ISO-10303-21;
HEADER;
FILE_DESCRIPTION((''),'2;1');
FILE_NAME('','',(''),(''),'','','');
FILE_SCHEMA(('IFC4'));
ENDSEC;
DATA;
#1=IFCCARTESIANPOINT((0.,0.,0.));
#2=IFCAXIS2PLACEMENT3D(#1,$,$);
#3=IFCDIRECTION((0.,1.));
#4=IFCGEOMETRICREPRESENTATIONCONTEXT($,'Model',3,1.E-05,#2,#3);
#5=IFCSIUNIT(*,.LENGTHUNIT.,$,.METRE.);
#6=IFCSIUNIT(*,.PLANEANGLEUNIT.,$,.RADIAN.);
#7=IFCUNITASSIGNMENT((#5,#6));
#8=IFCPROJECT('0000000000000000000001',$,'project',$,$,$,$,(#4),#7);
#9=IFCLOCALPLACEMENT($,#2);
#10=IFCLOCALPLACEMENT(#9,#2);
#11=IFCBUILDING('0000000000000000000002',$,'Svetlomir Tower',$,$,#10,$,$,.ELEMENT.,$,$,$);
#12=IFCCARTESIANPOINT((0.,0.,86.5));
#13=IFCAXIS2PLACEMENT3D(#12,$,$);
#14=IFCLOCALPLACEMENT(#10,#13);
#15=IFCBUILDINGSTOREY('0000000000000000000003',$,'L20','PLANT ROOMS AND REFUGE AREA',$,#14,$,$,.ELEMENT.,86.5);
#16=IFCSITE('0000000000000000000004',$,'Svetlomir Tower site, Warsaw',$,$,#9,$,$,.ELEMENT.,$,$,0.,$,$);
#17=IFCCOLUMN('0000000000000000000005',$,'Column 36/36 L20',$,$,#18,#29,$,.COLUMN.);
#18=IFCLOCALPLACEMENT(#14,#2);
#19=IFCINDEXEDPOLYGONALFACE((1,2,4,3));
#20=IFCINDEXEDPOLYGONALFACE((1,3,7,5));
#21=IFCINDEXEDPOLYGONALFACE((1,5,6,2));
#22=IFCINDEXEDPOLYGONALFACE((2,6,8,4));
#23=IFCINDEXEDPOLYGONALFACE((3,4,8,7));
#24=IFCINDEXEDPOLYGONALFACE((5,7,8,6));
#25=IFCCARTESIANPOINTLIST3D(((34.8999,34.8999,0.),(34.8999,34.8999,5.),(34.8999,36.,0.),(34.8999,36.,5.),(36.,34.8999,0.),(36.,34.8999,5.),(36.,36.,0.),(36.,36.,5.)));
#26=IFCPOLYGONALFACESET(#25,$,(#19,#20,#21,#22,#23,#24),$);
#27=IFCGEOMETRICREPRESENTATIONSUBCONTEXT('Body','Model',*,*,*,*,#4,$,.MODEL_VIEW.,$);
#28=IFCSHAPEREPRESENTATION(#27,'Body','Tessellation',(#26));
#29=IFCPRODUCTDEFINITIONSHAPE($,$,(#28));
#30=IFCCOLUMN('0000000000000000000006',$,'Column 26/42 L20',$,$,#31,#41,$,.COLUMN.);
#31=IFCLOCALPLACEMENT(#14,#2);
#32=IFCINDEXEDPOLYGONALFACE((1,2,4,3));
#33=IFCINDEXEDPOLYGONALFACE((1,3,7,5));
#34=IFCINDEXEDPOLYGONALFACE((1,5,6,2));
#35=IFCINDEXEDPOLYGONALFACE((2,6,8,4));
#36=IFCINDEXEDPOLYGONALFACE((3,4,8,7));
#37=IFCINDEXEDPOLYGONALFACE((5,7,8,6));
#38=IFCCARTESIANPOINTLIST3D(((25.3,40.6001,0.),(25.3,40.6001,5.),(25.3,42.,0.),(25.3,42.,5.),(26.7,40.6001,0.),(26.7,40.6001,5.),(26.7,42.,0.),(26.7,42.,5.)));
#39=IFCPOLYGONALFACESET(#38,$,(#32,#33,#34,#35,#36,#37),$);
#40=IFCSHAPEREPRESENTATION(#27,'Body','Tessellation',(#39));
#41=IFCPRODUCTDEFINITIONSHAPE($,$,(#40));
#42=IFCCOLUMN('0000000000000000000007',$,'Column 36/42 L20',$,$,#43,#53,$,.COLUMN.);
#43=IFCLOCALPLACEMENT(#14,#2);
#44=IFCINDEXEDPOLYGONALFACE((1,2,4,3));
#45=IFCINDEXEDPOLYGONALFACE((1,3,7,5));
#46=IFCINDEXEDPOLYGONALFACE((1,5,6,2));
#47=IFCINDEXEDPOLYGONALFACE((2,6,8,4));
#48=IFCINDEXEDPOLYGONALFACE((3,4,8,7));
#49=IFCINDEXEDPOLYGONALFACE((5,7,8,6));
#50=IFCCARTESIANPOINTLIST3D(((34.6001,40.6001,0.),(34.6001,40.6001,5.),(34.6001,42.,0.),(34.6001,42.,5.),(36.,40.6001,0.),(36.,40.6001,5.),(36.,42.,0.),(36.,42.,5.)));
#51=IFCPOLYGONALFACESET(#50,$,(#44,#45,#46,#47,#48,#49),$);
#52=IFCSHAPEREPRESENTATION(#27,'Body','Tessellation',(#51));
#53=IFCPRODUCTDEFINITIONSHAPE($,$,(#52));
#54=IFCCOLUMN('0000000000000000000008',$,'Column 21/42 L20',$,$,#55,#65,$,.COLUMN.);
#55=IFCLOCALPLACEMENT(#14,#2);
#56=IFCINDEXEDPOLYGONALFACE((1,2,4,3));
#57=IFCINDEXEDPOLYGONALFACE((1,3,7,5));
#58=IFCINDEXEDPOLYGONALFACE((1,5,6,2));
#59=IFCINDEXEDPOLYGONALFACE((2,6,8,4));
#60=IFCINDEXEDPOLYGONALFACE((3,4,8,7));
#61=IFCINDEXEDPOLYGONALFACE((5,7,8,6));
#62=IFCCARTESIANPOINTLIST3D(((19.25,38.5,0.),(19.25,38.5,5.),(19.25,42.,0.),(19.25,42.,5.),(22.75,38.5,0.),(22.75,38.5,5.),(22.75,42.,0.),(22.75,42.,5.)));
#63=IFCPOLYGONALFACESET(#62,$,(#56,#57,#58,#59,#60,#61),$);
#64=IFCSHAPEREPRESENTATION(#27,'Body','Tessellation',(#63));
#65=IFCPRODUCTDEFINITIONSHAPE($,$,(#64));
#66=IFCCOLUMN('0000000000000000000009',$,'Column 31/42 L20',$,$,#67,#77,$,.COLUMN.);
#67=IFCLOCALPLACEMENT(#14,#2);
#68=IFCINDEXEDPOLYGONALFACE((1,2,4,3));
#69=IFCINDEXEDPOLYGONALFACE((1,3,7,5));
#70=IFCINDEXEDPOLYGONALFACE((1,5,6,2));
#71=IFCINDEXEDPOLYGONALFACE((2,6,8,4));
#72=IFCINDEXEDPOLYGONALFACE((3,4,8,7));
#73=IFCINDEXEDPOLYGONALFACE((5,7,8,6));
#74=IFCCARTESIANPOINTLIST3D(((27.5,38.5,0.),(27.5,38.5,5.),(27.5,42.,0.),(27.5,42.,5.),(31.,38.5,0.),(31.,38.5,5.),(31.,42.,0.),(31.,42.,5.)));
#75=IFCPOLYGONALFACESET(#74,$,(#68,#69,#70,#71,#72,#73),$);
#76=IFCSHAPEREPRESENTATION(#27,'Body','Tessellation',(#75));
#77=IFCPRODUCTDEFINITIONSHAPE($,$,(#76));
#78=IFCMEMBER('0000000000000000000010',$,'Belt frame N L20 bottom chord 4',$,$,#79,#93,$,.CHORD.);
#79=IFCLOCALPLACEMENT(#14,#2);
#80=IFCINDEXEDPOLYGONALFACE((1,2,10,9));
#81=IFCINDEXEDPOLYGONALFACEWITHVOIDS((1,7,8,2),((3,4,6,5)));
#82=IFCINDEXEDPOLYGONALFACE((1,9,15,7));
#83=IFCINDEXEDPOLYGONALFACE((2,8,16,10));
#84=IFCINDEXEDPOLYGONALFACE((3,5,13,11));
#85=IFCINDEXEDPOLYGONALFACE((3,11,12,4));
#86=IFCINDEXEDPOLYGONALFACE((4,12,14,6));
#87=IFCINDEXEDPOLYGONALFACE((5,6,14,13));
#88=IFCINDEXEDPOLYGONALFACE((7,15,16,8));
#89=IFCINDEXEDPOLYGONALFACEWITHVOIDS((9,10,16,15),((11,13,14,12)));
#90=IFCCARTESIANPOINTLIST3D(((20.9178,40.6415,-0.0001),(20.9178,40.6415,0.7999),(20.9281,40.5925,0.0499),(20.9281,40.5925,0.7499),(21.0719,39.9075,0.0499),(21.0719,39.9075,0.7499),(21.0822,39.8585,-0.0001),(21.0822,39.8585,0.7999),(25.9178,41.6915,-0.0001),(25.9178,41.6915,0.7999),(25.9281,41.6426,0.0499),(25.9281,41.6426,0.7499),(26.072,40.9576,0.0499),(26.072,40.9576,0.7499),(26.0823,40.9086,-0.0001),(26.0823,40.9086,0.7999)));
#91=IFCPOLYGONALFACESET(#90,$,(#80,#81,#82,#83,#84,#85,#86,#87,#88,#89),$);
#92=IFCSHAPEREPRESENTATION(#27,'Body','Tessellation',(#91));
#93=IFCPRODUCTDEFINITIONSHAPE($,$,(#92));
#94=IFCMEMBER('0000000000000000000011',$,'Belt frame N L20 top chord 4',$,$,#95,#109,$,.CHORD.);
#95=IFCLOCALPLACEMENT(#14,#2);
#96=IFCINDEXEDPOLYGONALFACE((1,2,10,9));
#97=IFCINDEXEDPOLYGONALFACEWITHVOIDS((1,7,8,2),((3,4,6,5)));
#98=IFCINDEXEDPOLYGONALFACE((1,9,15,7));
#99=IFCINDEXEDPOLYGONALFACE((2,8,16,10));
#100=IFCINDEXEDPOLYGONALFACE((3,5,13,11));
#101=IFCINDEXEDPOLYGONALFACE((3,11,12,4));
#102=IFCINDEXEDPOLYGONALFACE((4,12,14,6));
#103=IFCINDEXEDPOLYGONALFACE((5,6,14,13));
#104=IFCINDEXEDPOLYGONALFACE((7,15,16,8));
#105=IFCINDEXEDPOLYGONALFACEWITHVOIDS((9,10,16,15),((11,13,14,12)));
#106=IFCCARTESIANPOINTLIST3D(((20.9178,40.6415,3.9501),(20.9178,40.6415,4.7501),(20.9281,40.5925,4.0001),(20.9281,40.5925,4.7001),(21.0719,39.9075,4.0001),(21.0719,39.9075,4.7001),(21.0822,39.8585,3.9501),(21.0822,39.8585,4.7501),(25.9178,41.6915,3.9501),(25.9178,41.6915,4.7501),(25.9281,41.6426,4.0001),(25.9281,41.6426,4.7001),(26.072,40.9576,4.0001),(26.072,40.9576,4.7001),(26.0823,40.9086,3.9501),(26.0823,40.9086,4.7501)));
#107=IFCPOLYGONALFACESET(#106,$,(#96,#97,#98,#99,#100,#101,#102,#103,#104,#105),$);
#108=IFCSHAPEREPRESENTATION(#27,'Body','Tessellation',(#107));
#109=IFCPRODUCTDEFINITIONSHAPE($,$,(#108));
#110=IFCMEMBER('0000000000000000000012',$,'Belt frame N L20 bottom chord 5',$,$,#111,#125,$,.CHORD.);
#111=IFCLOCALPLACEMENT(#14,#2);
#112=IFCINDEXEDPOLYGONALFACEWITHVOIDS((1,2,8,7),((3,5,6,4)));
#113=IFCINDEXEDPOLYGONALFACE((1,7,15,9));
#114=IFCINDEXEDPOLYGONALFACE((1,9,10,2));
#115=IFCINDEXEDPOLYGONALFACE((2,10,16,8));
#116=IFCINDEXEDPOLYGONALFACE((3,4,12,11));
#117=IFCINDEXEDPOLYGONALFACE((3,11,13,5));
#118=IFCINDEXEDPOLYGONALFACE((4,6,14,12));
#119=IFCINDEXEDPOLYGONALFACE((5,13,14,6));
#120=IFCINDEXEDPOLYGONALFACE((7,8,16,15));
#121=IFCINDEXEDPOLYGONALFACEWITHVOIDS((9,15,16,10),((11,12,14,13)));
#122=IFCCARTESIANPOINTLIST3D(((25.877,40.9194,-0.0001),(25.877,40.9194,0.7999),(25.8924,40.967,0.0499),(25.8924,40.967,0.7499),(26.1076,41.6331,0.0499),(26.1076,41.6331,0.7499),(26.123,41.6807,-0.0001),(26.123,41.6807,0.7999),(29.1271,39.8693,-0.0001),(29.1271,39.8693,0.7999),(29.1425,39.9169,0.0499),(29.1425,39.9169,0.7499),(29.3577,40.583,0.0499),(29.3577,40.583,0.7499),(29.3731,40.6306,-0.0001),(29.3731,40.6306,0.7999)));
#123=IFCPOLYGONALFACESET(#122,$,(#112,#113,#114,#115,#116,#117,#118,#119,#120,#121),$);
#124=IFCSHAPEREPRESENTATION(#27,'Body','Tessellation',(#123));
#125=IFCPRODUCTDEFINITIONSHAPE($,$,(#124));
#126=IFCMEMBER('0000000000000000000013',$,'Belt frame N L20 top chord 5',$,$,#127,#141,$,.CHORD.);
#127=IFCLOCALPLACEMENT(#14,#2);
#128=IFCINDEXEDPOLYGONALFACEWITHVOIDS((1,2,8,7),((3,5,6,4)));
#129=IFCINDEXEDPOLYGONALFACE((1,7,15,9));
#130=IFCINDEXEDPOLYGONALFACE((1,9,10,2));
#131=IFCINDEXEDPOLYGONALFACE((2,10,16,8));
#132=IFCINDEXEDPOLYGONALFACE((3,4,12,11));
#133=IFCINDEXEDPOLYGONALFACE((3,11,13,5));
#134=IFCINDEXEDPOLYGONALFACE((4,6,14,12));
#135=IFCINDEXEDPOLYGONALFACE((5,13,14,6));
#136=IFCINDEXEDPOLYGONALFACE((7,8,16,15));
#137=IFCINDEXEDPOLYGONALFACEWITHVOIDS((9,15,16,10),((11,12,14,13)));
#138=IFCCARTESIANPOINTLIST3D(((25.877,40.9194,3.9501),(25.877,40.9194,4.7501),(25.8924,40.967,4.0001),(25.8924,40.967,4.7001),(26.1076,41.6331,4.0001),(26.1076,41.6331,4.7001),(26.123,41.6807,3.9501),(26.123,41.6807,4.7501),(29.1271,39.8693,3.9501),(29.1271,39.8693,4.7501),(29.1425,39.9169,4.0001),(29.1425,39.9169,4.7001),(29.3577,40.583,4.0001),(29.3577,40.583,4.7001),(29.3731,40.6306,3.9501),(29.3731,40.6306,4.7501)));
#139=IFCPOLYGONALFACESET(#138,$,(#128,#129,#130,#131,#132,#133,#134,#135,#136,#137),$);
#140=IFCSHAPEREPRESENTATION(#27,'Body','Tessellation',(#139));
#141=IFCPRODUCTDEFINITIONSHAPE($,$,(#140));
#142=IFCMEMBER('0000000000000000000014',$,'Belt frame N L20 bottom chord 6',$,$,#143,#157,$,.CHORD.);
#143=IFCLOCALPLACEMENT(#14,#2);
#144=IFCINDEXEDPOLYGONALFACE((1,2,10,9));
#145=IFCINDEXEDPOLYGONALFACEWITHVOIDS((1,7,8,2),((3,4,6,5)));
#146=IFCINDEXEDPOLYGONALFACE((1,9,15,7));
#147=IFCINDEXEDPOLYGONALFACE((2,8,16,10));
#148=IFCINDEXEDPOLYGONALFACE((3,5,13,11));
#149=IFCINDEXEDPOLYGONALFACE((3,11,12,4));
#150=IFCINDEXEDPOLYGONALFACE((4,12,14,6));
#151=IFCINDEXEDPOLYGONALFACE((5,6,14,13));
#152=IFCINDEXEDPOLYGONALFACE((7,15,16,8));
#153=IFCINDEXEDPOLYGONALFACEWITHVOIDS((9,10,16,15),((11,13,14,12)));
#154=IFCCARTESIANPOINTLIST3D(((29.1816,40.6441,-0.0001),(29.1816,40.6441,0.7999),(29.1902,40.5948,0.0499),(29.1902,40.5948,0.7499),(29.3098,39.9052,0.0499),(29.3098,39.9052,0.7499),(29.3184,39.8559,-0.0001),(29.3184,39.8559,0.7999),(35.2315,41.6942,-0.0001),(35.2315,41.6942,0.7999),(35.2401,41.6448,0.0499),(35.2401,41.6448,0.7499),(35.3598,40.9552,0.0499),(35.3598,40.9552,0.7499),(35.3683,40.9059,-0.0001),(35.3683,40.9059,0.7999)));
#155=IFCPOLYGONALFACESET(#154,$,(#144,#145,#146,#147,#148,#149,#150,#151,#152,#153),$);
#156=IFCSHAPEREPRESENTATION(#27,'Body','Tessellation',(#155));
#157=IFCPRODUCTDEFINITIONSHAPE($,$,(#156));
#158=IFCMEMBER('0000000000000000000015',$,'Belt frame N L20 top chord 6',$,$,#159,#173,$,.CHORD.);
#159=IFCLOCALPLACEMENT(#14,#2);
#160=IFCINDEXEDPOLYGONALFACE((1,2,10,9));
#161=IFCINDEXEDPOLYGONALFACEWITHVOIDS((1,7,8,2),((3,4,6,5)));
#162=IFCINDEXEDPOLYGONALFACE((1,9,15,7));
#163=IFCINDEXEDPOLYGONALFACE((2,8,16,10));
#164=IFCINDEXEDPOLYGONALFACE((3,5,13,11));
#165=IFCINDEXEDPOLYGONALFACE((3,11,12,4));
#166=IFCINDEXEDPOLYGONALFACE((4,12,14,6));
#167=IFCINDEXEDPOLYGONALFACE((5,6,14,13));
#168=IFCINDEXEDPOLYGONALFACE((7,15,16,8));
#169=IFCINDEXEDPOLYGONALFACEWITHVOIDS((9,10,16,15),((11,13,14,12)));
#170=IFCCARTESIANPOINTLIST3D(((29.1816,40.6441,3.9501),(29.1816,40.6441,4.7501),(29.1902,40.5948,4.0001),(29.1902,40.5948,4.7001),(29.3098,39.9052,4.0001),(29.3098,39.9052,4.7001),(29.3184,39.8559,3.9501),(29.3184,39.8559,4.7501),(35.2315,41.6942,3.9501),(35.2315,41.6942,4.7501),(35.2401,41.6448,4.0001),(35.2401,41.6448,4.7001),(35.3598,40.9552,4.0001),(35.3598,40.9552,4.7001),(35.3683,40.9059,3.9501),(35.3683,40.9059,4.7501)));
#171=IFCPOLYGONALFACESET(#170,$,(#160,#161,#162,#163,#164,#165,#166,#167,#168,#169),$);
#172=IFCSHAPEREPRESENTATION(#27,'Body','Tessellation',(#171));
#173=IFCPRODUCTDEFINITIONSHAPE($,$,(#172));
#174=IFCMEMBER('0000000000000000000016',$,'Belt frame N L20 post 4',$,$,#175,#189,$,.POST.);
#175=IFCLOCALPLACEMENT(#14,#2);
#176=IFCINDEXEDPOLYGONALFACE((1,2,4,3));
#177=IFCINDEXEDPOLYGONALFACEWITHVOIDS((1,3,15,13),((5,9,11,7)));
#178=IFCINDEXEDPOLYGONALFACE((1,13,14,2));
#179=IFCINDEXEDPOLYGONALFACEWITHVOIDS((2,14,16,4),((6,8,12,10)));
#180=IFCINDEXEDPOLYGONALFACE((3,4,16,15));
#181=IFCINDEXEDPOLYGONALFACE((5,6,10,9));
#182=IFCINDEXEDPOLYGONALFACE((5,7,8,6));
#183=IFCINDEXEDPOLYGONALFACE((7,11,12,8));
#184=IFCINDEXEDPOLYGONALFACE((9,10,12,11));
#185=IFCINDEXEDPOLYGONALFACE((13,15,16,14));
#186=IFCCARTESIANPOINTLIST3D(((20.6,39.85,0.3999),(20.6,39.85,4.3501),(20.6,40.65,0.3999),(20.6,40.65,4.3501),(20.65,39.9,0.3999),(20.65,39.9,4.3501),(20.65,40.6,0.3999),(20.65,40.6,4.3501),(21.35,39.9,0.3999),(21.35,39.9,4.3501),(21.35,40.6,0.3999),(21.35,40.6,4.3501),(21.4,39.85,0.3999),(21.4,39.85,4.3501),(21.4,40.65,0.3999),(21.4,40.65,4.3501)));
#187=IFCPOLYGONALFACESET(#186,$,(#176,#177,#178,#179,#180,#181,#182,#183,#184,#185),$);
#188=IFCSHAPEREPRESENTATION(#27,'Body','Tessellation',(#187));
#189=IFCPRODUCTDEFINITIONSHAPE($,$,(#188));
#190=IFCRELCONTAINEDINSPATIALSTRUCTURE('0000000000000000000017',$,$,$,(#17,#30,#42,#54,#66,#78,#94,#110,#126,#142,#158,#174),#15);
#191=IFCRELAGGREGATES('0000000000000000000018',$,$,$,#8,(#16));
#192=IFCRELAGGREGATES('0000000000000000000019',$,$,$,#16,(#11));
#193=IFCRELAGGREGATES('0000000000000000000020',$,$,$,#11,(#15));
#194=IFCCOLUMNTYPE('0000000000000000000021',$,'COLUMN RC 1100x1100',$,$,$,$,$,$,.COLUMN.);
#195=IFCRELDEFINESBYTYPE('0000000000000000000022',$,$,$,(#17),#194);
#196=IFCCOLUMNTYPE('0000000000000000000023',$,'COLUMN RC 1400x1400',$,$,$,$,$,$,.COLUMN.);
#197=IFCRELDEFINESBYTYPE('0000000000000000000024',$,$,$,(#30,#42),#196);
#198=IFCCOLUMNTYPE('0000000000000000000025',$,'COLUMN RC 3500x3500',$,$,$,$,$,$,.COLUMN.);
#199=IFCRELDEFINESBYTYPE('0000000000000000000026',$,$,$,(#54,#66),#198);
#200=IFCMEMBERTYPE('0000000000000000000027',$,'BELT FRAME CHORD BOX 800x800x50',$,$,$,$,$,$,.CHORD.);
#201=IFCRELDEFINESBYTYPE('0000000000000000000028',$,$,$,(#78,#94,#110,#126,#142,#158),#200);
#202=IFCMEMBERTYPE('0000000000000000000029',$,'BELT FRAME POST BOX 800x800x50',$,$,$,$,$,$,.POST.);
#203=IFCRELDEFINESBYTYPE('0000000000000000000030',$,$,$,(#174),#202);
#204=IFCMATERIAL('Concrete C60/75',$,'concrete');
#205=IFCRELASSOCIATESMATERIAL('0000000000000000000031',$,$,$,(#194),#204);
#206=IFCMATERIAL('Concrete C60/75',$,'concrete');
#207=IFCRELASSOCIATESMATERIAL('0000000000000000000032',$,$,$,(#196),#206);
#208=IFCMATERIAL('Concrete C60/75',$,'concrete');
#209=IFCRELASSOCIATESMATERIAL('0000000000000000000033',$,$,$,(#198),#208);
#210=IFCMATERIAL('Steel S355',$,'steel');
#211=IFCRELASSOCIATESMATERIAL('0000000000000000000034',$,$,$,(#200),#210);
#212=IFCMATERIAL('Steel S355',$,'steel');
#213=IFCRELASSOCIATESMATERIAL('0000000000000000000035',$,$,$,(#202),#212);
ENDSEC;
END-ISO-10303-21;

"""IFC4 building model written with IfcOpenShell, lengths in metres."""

from ifc_helpers import new_model, si_unit, direction, frame, origin, origin_2d, place, context, subcontext, project, spatial, rectangle, hollow_rectangle, extrude, material, material_profile, profile_set, type_object, element, save


model = new_model("IFC4")

# Units and contexts
model_context = context("Model", 3, precision=1e-05, world=origin(), true_north=direction((0.0, 1.0)))
body_context = subcontext(model_context, "Body", "Model", "MODEL_VIEW")
ifc_project = project(units=[si_unit("LENGTHUNIT", "METRE"), si_unit("PLANEANGLEUNIT", "RADIAN")], contexts=[model_context])

# Site, building, storey
site_placement = place(None, origin())
site = spatial("IfcSite", under=ifc_project, at=site_placement, Name="Svetlomir Tower site, Warsaw", CompositionType="ELEMENT", RefElevation=0.0)
building_placement = place(site_placement, origin())
building = spatial("IfcBuilding", under=site, at=building_placement, Name="Svetlomir Tower", CompositionType="ELEMENT")
storey_placement = place(building_placement, frame((0.0, 0.0, 86.5)))
storey = spatial("IfcBuildingStorey", under=building, at=storey_placement, Name="L20", Description="PLANT ROOMS AND REFUGE AREA", CompositionType="ELEMENT", Elevation=86.5)

# Columns
ifc_material_1 = material(Name="Concrete C60/75", Category="concrete")
ifc_material_profile_1 = material_profile(ifc_material_1, rectangle(XDim=1.1001, YDim=1.1001, at=origin_2d()), Name="RC 1100x1100")
ifc_profile_set_1 = profile_set([ifc_material_profile_1], Name="Concrete C60/75")
column_type_1 = type_object("IfcColumnType", Name="COLUMN RC 1100x1100", PredefinedType="COLUMN", material=ifc_profile_set_1)
column_placement = place(storey_placement, frame((35.45, 35.45, 0.0), z_axis=(0.0, 0.0, 1.0), x_axis=(1.0, 0.0, 0.0)))
element("IfcColumn", 1, at=column_placement, inside=storey, type_object=column_type_1, Name="Column 36/36 L20", PredefinedType="COLUMN", context=body_context, shape_type="SweptSolid", body=[
    extrude(rectangle(XDim=1.1001, YDim=1.1001, at=origin_2d()), origin(), (0.0, 0.0, 1.0), 5.0),
])
ifc_material_2 = material(Name="Concrete C60/75", Category="concrete")
ifc_material_profile_2 = material_profile(ifc_material_2, rectangle(XDim=1.3999, YDim=1.3999, at=origin_2d()), Name="RC 1400x1400")
ifc_profile_set_2 = profile_set([ifc_material_profile_2], Name="Concrete C60/75")
column_type_2 = type_object("IfcColumnType", Name="COLUMN RC 1400x1400", PredefinedType="COLUMN", material=ifc_profile_set_2)
for number, where, z_axis, x_axis, name in (
    (2, (26.0, 41.3, 0.0), (0.0, 0.0, 1.0), (1.0, 0.0, 0.0), "Column 26/42 L20"),
    (3, (35.3, 41.3, 0.0), (0.0, 0.0, 1.0), (1.0, 0.0, 0.0), "Column 36/42 L20"),
):
    element("IfcColumn", number, at=place(storey_placement, frame(where, z_axis=z_axis, x_axis=x_axis)), inside=storey, type_object=column_type_2, Name=name, PredefinedType="COLUMN", context=body_context, shape_type="SweptSolid", body=[
        extrude(rectangle(XDim=1.3999, YDim=1.3999, at=origin_2d()), origin(), (0.0, 0.0, 1.0), 5.0),
    ])
ifc_material_3 = material(Name="Concrete C60/75", Category="concrete")
ifc_material_profile_3 = material_profile(ifc_material_3, rectangle(XDim=3.5, YDim=3.5, at=origin_2d()), Name="RC 3500x3500")
ifc_profile_set_3 = profile_set([ifc_material_profile_3], Name="Concrete C60/75")
column_type_3 = type_object("IfcColumnType", Name="COLUMN RC 3500x3500", PredefinedType="COLUMN", material=ifc_profile_set_3)
for number, where, z_axis, x_axis, name in (
    (4, (21.0, 40.25, 0.0), (0.0, 0.0, 1.0), (1.0, 0.0, 0.0), "Column 21/42 L20"),
    (5, (29.25, 40.25, 0.0), (0.0, 0.0, 1.0), (1.0, 0.0, 0.0), "Column 31/42 L20"),
):
    element("IfcColumn", number, at=place(storey_placement, frame(where, z_axis=z_axis, x_axis=x_axis)), inside=storey, type_object=column_type_3, Name=name, PredefinedType="COLUMN", context=body_context, shape_type="SweptSolid", body=[
        extrude(rectangle(XDim=3.5, YDim=3.5, at=origin_2d()), origin(), (0.0, 0.0, 1.0), 5.0),
    ])

# Members
ifc_material_4 = material(Name="Steel S355", Category="steel")
ifc_material_profile_4 = material_profile(ifc_material_4, hollow_rectangle(XDim=0.8, YDim=0.8, WallThickness=0.05, at=origin_2d()), Name="BOX 800x800x50")
ifc_profile_set_4 = profile_set([ifc_material_profile_4], Name="Steel S355")
member_type_1 = type_object("IfcMemberType", Name="BELT FRAME CHORD BOX 800x800x50", PredefinedType="CHORD", material=ifc_profile_set_4)
for number, where, z_axis, x_axis, name in (
    (6, (21.0, 40.25, 0.3999), (0.978652, 0.205526, 0.0), (-0.205526, 0.978652, 0.0), "Belt frame N L20 bottom chord 4"),
    (7, (21.0, 40.25, 4.3501), (0.978652, 0.205526, 0.0), (-0.205526, 0.978652, 0.0), "Belt frame N L20 top chord 4"),
):
    element("IfcMember", number, at=place(storey_placement, frame(where, z_axis=z_axis, x_axis=x_axis)), inside=storey, type_object=member_type_1, Name=name, PredefinedType="CHORD", context=body_context, shape_type="SweptSolid", body=[
        extrude(hollow_rectangle(XDim=0.8, YDim=0.8, WallThickness=0.05, at=origin_2d()), origin(), (0.0, 0.0, 1.0), 5.1091),
    ])
for number, where, z_axis, x_axis, name in (
    (8, (26.0, 41.3, 0.3999), (0.951566, -0.307443, 0.0), (0.307443, 0.951566, 0.0), "Belt frame N L20 bottom chord 5"),
    (9, (26.0, 41.3, 4.3501), (0.951566, -0.307443, 0.0), (0.307443, 0.951566, 0.0), "Belt frame N L20 top chord 5"),
):
    element("IfcMember", number, at=place(storey_placement, frame(where, z_axis=z_axis, x_axis=x_axis)), inside=storey, type_object=member_type_1, Name=name, PredefinedType="CHORD", context=body_context, shape_type="SweptSolid", body=[
        extrude(hollow_rectangle(XDim=0.8, YDim=0.8, WallThickness=0.05, at=origin_2d()), origin(), (0.0, 0.0, 1.0), 3.4155),
    ])
for number, where, z_axis, x_axis, name in (
    (10, (29.25, 40.25, 0.3999), (0.98527, 0.171004, 0.0), (-0.171004, 0.98527, 0.0), "Belt frame N L20 bottom chord 6"),
    (11, (29.25, 40.25, 4.3501), (0.98527, 0.171004, 0.0), (-0.171004, 0.98527, 0.0), "Belt frame N L20 top chord 6"),
):
    element("IfcMember", number, at=place(storey_placement, frame(where, z_axis=z_axis, x_axis=x_axis)), inside=storey, type_object=member_type_1, Name=name, PredefinedType="CHORD", context=body_context, shape_type="SweptSolid", body=[
        extrude(hollow_rectangle(XDim=0.8, YDim=0.8, WallThickness=0.05, at=origin_2d()), origin(), (0.0, 0.0, 1.0), 6.1404),
    ])
ifc_material_5 = material(Name="Steel S355", Category="steel")
ifc_material_profile_5 = material_profile(ifc_material_5, hollow_rectangle(XDim=0.8, YDim=0.8, WallThickness=0.05, at=origin_2d()), Name="BOX 800x800x50")
ifc_profile_set_5 = profile_set([ifc_material_profile_5], Name="Steel S355")
member_type_2 = type_object("IfcMemberType", Name="BELT FRAME POST BOX 800x800x50", PredefinedType="POST", material=ifc_profile_set_5)
for number, where, z_axis, x_axis, name in (
    (12, (21.0, 40.25, 0.3999), (0.0, 0.0, 1.0), (1.0, 0.0, 0.0), "Belt frame N L20 post 4"),
):
    element("IfcMember", number, at=place(storey_placement, frame(where, z_axis=z_axis, x_axis=x_axis)), inside=storey, type_object=member_type_2, Name=name, PredefinedType="POST", context=body_context, shape_type="SweptSolid", body=[
        extrude(hollow_rectangle(XDim=0.8, YDim=0.8, WallThickness=0.05, at=origin_2d()), origin(), (0.0, 0.0, 1.0), 3.9502),
    ])

save(model, "model.ifc")
